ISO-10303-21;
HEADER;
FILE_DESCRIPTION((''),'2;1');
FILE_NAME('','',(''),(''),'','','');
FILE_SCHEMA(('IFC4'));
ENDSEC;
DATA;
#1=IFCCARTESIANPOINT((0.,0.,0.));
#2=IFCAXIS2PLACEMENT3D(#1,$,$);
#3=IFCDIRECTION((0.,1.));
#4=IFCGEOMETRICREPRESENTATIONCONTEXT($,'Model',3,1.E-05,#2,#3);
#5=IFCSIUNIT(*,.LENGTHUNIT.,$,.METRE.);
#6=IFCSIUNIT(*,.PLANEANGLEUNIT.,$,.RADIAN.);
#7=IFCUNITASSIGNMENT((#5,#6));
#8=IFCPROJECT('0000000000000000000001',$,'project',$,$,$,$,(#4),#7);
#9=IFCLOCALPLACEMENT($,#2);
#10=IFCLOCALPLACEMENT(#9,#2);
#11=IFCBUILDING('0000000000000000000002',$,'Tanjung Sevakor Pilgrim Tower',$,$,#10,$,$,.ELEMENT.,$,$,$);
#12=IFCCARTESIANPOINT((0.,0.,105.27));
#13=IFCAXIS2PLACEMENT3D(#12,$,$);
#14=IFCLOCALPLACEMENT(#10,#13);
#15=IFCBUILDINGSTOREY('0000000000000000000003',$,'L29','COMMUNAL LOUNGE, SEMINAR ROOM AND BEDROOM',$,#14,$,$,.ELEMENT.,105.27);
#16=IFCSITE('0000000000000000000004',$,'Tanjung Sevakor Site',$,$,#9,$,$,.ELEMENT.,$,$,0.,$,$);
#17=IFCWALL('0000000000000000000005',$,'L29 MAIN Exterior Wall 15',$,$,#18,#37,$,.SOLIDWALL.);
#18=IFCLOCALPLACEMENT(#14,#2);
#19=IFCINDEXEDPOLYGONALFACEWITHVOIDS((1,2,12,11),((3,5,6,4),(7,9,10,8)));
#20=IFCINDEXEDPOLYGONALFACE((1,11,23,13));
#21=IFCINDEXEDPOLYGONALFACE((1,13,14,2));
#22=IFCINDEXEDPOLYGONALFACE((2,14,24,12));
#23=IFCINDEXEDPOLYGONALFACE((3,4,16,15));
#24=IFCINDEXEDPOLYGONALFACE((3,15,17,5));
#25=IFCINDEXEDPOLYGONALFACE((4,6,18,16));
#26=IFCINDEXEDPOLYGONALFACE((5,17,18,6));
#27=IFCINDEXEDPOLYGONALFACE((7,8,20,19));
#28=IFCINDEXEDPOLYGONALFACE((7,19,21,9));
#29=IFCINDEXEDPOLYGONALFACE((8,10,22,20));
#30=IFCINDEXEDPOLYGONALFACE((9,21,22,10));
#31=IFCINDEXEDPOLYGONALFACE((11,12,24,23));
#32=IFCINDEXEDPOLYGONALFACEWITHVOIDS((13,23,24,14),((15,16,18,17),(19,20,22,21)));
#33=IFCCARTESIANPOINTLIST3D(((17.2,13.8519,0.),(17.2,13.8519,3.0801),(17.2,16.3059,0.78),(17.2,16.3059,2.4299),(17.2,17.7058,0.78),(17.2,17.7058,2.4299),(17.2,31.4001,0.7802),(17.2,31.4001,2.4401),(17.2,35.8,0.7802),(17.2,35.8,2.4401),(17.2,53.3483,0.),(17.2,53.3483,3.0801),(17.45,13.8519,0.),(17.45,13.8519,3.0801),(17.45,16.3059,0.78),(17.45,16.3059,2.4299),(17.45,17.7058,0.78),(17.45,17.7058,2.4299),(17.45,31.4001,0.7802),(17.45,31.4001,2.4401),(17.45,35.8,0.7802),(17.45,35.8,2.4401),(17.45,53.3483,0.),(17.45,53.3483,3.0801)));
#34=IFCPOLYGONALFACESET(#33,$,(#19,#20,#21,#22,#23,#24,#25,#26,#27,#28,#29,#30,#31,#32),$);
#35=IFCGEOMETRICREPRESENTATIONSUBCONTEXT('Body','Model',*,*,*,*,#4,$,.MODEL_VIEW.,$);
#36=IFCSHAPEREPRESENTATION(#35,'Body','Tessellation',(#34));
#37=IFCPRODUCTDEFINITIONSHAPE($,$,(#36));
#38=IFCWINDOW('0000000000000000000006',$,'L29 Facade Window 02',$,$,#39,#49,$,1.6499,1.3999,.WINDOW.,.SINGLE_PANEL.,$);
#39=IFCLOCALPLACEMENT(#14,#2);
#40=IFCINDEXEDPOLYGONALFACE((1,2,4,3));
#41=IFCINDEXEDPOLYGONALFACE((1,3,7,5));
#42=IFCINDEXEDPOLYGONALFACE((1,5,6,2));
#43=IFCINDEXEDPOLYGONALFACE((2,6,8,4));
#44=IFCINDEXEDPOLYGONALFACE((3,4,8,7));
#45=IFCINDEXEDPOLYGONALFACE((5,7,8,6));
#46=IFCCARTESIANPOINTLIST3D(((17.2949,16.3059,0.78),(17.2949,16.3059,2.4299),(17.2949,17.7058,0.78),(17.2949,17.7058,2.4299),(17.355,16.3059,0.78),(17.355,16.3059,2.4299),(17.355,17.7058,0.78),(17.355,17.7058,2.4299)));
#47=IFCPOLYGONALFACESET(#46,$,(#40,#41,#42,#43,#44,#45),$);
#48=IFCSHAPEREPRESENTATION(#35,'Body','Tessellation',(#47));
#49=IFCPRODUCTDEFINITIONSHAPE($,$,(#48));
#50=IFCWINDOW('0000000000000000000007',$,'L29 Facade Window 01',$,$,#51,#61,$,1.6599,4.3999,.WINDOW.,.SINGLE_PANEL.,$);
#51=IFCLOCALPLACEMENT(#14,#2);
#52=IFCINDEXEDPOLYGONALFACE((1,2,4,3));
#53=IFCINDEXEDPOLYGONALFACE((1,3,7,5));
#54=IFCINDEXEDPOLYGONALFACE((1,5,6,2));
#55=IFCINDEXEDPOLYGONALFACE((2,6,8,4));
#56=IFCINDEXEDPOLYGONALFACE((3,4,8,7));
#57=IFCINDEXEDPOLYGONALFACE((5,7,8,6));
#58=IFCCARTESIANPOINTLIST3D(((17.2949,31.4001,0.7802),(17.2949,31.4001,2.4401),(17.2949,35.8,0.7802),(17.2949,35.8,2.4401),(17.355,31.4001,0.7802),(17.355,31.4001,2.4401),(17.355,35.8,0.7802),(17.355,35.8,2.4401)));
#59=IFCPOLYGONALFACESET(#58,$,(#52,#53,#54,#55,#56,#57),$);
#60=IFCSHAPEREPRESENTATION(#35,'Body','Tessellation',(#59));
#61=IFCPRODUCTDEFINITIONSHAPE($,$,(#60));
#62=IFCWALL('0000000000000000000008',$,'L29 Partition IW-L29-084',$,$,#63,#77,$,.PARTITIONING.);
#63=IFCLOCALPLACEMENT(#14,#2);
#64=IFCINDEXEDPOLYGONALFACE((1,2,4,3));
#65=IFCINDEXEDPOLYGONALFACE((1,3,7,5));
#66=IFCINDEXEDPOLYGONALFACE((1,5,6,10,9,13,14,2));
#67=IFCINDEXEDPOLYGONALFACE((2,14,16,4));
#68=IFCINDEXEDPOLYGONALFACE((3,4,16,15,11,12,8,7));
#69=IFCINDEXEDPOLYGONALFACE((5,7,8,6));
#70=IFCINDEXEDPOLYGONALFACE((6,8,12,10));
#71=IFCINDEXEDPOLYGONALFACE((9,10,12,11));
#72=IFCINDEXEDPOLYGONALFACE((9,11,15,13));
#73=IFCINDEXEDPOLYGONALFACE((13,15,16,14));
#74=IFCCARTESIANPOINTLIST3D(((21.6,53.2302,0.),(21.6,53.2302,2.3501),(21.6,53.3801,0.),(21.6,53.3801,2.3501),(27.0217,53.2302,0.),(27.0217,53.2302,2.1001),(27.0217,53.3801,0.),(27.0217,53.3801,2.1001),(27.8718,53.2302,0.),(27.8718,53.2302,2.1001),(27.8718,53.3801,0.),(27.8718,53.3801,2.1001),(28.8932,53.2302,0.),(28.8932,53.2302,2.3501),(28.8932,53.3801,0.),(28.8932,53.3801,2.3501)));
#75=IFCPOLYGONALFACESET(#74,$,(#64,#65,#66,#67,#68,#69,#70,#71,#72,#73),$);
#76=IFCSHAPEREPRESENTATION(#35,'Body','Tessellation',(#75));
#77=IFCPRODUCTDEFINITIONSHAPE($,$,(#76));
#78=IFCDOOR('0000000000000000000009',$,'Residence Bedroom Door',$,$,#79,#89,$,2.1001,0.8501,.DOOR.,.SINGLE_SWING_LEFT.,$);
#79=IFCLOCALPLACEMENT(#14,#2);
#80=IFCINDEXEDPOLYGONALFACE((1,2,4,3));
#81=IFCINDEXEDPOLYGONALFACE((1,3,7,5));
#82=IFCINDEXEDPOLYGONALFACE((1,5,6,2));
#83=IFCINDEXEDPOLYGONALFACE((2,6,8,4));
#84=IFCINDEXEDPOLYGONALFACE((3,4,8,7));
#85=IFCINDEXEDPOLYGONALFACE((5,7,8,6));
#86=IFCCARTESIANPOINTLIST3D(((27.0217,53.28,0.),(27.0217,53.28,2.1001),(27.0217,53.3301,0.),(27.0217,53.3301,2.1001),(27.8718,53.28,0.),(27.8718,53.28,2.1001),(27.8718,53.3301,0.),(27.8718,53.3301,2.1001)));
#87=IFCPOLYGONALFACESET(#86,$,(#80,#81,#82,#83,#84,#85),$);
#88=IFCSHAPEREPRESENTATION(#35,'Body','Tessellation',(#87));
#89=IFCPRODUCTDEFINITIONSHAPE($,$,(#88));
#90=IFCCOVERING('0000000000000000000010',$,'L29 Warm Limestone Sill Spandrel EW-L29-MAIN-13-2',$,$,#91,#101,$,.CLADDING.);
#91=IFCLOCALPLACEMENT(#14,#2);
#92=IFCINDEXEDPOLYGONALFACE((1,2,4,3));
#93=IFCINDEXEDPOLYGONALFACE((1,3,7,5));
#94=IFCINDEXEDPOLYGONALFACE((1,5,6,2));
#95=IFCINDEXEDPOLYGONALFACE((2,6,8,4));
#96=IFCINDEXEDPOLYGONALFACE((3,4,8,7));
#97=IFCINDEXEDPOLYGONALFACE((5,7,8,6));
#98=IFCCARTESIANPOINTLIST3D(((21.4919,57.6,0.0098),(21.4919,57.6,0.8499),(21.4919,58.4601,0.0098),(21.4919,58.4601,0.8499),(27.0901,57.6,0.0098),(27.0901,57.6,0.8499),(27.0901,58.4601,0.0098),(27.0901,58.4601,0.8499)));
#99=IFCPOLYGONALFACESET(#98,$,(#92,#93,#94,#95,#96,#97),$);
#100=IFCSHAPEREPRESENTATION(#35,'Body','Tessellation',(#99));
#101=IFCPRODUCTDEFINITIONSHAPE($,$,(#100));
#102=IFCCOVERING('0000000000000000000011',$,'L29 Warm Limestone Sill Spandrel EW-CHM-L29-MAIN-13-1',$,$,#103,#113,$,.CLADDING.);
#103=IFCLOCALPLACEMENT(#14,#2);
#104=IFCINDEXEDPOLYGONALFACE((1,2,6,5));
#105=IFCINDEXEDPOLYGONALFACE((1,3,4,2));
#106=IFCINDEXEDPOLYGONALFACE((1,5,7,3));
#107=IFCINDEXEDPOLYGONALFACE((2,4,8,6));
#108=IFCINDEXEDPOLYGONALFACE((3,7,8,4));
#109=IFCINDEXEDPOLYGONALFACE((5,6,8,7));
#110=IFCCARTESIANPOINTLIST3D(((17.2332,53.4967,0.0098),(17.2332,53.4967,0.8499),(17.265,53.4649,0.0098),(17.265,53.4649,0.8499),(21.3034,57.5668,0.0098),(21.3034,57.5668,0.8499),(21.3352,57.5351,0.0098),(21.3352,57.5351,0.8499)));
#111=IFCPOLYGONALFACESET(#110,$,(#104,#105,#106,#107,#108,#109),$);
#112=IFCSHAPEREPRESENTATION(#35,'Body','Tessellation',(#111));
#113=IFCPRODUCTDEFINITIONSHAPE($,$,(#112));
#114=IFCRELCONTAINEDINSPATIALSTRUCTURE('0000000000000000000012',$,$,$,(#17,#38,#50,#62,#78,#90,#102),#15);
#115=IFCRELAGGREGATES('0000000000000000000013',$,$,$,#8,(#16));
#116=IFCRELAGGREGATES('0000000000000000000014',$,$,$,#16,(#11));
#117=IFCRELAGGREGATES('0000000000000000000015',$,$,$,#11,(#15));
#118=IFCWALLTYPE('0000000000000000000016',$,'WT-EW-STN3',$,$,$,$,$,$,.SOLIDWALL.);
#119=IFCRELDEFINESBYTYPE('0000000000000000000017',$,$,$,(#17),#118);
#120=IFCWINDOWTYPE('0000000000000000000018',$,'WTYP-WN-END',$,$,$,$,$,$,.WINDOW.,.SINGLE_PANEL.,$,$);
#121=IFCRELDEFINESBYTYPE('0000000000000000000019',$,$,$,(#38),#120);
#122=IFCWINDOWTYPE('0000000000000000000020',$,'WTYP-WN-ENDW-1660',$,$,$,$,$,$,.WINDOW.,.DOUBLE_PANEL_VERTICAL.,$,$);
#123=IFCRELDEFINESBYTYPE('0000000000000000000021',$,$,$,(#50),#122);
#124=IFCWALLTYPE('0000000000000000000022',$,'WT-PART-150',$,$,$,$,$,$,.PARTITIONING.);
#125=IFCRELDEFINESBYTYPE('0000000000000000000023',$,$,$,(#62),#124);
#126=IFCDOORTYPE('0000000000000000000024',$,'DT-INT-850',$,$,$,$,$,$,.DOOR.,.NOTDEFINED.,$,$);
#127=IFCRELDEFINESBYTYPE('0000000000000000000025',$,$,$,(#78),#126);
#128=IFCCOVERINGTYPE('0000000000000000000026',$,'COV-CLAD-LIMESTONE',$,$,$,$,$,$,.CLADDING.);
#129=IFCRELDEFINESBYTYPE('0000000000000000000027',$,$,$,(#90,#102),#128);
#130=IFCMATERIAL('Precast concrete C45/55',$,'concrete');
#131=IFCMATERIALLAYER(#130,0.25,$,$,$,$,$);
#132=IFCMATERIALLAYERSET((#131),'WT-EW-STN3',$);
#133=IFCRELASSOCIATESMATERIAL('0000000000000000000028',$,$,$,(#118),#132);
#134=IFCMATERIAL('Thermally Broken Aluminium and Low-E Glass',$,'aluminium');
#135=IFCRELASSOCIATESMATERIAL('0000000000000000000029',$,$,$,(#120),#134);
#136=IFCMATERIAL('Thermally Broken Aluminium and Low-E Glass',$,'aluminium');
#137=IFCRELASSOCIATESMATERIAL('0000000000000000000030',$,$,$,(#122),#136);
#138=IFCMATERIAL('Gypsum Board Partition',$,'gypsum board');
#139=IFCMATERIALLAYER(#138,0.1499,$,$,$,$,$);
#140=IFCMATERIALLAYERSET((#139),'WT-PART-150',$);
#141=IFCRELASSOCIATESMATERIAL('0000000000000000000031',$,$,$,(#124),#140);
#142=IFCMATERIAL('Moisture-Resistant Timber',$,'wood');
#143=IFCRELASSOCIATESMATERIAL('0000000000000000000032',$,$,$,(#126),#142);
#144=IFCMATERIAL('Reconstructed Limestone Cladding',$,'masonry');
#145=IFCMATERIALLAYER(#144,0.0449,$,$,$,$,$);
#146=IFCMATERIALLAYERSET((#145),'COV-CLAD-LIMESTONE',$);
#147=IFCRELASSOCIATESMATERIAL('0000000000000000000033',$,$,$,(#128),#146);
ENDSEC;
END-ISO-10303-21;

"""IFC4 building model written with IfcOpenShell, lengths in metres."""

from ifc_helpers import new_model, si_unit, direction, frame, frame_2d, origin, origin_2d, place, context, subcontext, project, spatial, rectangle, extrude, material, layer, layer_set, type_object, element, fill, save


model = new_model("IFC4")

# Units and contexts
model_context = context("Model", 3, precision=1e-05, world=origin(), true_north=direction((0.0, 1.0)))
body_context = subcontext(model_context, "Body", "Model", "MODEL_VIEW")
ifc_project = project(units=[si_unit("LENGTHUNIT", "METRE"), si_unit("PLANEANGLEUNIT", "RADIAN")], contexts=[model_context])

# Site, building, storey
site_placement = place(None, origin())
site = spatial("IfcSite", under=ifc_project, at=site_placement, Name="Tanjung Sevakor Site", CompositionType="ELEMENT", RefElevation=0.0)
building_placement = place(site_placement, origin())
building = spatial("IfcBuilding", under=site, at=building_placement, Name="Tanjung Sevakor Pilgrim Tower", CompositionType="ELEMENT")
storey_placement = place(building_placement, frame((0.0, 0.0, 105.27)))
storey = spatial("IfcBuildingStorey", under=building, at=storey_placement, Name="L29", Description="COMMUNAL LOUNGE, SEMINAR ROOM AND BEDROOM", CompositionType="ELEMENT", Elevation=105.27)

# Shared definitions
ifc_material_1 = material(Name="Precast concrete C45/55", Category="concrete")
ifc_layer_1 = layer(ifc_material_1, 0.25)
ifc_layer_set_1 = layer_set([ifc_layer_1], Name="WT-EW-STN3")
wall_type_1 = type_object("IfcWallType", Name="WT-EW-STN3", PredefinedType="SOLIDWALL", material=ifc_layer_set_1)

# Wall, openings, windows
wall_1_placement = place(storey_placement, frame((17.325, 53.3481, 0.0), z_axis=(0.0, 0.0, 1.0), x_axis=(0.0, -1.0, 0.0)))
wall_1 = element("IfcWall", 1, at=wall_1_placement, inside=storey, type_object=wall_type_1, Name="L29 MAIN Exterior Wall 15", PredefinedType="SOLIDWALL", context=body_context, shape_type="SweptSolid", body=[
    extrude(rectangle(XDim=39.4963, YDim=0.25, at=frame_2d((19.748, 0.0))), origin(), (0.0, 0.0, 1.0), 3.0801),
])
opening_1_placement = place(wall_1_placement, frame((17.5481, 0.0, 0.78)))
opening_1 = element("IfcOpeningElement", 2, at=opening_1_placement, cuts=wall_1, PredefinedType="OPENING", context=body_context, shape_type="SweptSolid", body=[
    extrude(rectangle(XDim=4.3999, YDim=1.6599, at=frame_2d((2.2, 0.8301))), frame((0.0, 0.135, 0.0), z_axis=(0.0, -1.0, 0.0), x_axis=(1.0, 0.0, 0.0)), (0.0, 0.0, 1.0), 0.27),
])
opening_2_placement = place(wall_1_placement, frame((35.6423, 0.0, 0.78)))
opening_2 = element("IfcOpeningElement", 3, at=opening_2_placement, cuts=wall_1, PredefinedType="OPENING", context=body_context, shape_type="SweptSolid", body=[
    extrude(rectangle(XDim=1.3999, YDim=1.6499, at=frame_2d((0.7, 0.825))), frame((0.0, 0.135, 0.0), z_axis=(0.0, -1.0, 0.0), x_axis=(1.0, 0.0, 0.0)), (0.0, 0.0, 1.0), 0.27),
])
ifc_material_2 = material(Name="Thermally Broken Aluminium and Low-E Glass", Category="aluminium")
window_type_1 = type_object("IfcWindowType", Name="WTYP-WN-END", PartitioningType="SINGLE_PANEL", PredefinedType="WINDOW", material=ifc_material_2)
window_1_placement = place(opening_2_placement, origin())
window_1 = element("IfcWindow", 4, at=window_1_placement, inside=storey, type_object=window_type_1, Name="L29 Facade Window 02", OverallHeight=1.6499, OverallWidth=1.3999, PartitioningType="SINGLE_PANEL", PredefinedType="WINDOW", context=body_context, shape_type="SweptSolid", body=[
    extrude(rectangle(XDim=1.3999, YDim=1.6499, at=frame_2d((0.7, 0.825))), frame((0.0, 0.03, 0.0), z_axis=(0.0, -1.0, 0.0), x_axis=(1.0, 0.0, 0.0)), (0.0, 0.0, 1.0), 0.0601),
])
fill(opening_2, window_1)
ifc_material_3 = material(Name="Thermally Broken Aluminium and Low-E Glass", Category="aluminium")
window_type_2 = type_object("IfcWindowType", Name="WTYP-WN-ENDW-1660", PartitioningType="DOUBLE_PANEL_VERTICAL", PredefinedType="WINDOW", material=ifc_material_3)
window_2_placement = place(opening_1_placement, origin())
window_2 = element("IfcWindow", 5, at=window_2_placement, inside=storey, type_object=window_type_2, Name="L29 Facade Window 01", OverallHeight=1.6599, OverallWidth=4.3999, PartitioningType="SINGLE_PANEL", PredefinedType="WINDOW", context=body_context, shape_type="SweptSolid", body=[
    extrude(rectangle(XDim=4.3999, YDim=1.6599, at=frame_2d((2.2, 0.8301))), frame((0.0, 0.03, 0.0), z_axis=(0.0, -1.0, 0.0), x_axis=(1.0, 0.0, 0.0)), (0.0, 0.0, 1.0), 0.0601),
])
fill(opening_1, window_2)

# Wall, opening, door
ifc_material_4 = material(Name="Gypsum Board Partition", Category="gypsum board")
ifc_layer_2 = layer(ifc_material_4, 0.1499)
ifc_layer_set_2 = layer_set([ifc_layer_2], Name="WT-PART-150")
wall_type_2 = type_object("IfcWallType", Name="WT-PART-150", PredefinedType="PARTITIONING", material=ifc_layer_set_2)
wall_2_placement = place(storey_placement, frame((21.6001, 53.3052, 0.0), z_axis=(0.0, 0.0, 1.0), x_axis=(1.0, 0.0, 0.0)))
wall_2 = element("IfcWall", 6, at=wall_2_placement, inside=storey, type_object=wall_type_2, Name="L29 Partition IW-L29-084", PredefinedType="PARTITIONING", context=body_context, shape_type="SweptSolid", body=[
    extrude(rectangle(XDim=7.2932, YDim=0.1499, at=frame_2d((3.6465, 0.0))), origin(), (0.0, 0.0, 1.0), 2.3501),
])
opening_3_placement = place(wall_2_placement, frame((5.4216, 0.0, 0.0)))
opening_3 = element("IfcOpeningElement", 7, at=opening_3_placement, cuts=wall_2, PredefinedType="OPENING", context=body_context, shape_type="SweptSolid", body=[
    extrude(rectangle(XDim=0.8501, YDim=2.1001, at=frame_2d((0.425, 1.05))), frame((0.0, 0.085, 0.0), z_axis=(0.0, -1.0, 0.0), x_axis=(1.0, 0.0, 0.0)), (0.0, 0.0, 1.0), 0.1699),
])
ifc_material_5 = material(Name="Moisture-Resistant Timber", Category="wood")
door_type = type_object("IfcDoorType", Name="DT-INT-850", OperationType="NOTDEFINED", PredefinedType="DOOR", material=ifc_material_5)
door_placement = place(opening_3_placement, origin())
door = element("IfcDoor", 8, at=door_placement, inside=storey, type_object=door_type, Name="Residence Bedroom Door", OperationType="SINGLE_SWING_LEFT", OverallHeight=2.1001, OverallWidth=0.8501, PredefinedType="DOOR", context=body_context, shape_type="SweptSolid", body=[
    extrude(rectangle(XDim=0.8501, YDim=2.1001, at=frame_2d((0.425, 1.05))), frame((0.0, 0.0249, 0.0), z_axis=(0.0, -1.0, 0.0), x_axis=(1.0, 0.0, 0.0)), (0.0, 0.0, 1.0), 0.05),
])
fill(opening_3, door)

# Coverings
ifc_material_6 = material(Name="Reconstructed Limestone Cladding", Category="masonry")
ifc_layer_3 = layer(ifc_material_6, 0.0449)
ifc_layer_set_3 = layer_set([ifc_layer_3], Name="COV-CLAD-LIMESTONE")
covering_type = type_object("IfcCoveringType", Name="COV-CLAD-LIMESTONE", PredefinedType="CLADDING", material=ifc_layer_set_3)
covering_1_placement = place(storey_placement, frame((24.291, 58.03, 0.0098), z_axis=(0.0, 0.0, 1.0), x_axis=(-1.0, 0.0, 0.0)))
element("IfcCovering", 9, at=covering_1_placement, inside=storey, type_object=covering_type, Name="L29 Warm Limestone Sill Spandrel EW-L29-MAIN-13-2", PredefinedType="CLADDING", context=body_context, shape_type="SweptSolid", body=[
    extrude(rectangle(XDim=5.5981, YDim=0.8601, at=origin_2d()), origin(), (0.0, 0.0, 1.0), 0.8401),
])
covering_2_placement = place(storey_placement, frame((19.2842, 55.5159, 0.0098), z_axis=(0.0, 0.0, 1.0), x_axis=(-0.707107, -0.707107, 0.0)))
element("IfcCovering", 10, at=covering_2_placement, inside=storey, type_object=covering_type, Name="L29 Warm Limestone Sill Spandrel EW-CHM-L29-MAIN-13-1", PredefinedType="CLADDING", context=body_context, shape_type="SweptSolid", body=[
    extrude(rectangle(XDim=5.7561, YDim=0.0449, at=origin_2d()), origin(), (0.0, 0.0, 1.0), 0.8401),
])

save(model, "model.ifc")
